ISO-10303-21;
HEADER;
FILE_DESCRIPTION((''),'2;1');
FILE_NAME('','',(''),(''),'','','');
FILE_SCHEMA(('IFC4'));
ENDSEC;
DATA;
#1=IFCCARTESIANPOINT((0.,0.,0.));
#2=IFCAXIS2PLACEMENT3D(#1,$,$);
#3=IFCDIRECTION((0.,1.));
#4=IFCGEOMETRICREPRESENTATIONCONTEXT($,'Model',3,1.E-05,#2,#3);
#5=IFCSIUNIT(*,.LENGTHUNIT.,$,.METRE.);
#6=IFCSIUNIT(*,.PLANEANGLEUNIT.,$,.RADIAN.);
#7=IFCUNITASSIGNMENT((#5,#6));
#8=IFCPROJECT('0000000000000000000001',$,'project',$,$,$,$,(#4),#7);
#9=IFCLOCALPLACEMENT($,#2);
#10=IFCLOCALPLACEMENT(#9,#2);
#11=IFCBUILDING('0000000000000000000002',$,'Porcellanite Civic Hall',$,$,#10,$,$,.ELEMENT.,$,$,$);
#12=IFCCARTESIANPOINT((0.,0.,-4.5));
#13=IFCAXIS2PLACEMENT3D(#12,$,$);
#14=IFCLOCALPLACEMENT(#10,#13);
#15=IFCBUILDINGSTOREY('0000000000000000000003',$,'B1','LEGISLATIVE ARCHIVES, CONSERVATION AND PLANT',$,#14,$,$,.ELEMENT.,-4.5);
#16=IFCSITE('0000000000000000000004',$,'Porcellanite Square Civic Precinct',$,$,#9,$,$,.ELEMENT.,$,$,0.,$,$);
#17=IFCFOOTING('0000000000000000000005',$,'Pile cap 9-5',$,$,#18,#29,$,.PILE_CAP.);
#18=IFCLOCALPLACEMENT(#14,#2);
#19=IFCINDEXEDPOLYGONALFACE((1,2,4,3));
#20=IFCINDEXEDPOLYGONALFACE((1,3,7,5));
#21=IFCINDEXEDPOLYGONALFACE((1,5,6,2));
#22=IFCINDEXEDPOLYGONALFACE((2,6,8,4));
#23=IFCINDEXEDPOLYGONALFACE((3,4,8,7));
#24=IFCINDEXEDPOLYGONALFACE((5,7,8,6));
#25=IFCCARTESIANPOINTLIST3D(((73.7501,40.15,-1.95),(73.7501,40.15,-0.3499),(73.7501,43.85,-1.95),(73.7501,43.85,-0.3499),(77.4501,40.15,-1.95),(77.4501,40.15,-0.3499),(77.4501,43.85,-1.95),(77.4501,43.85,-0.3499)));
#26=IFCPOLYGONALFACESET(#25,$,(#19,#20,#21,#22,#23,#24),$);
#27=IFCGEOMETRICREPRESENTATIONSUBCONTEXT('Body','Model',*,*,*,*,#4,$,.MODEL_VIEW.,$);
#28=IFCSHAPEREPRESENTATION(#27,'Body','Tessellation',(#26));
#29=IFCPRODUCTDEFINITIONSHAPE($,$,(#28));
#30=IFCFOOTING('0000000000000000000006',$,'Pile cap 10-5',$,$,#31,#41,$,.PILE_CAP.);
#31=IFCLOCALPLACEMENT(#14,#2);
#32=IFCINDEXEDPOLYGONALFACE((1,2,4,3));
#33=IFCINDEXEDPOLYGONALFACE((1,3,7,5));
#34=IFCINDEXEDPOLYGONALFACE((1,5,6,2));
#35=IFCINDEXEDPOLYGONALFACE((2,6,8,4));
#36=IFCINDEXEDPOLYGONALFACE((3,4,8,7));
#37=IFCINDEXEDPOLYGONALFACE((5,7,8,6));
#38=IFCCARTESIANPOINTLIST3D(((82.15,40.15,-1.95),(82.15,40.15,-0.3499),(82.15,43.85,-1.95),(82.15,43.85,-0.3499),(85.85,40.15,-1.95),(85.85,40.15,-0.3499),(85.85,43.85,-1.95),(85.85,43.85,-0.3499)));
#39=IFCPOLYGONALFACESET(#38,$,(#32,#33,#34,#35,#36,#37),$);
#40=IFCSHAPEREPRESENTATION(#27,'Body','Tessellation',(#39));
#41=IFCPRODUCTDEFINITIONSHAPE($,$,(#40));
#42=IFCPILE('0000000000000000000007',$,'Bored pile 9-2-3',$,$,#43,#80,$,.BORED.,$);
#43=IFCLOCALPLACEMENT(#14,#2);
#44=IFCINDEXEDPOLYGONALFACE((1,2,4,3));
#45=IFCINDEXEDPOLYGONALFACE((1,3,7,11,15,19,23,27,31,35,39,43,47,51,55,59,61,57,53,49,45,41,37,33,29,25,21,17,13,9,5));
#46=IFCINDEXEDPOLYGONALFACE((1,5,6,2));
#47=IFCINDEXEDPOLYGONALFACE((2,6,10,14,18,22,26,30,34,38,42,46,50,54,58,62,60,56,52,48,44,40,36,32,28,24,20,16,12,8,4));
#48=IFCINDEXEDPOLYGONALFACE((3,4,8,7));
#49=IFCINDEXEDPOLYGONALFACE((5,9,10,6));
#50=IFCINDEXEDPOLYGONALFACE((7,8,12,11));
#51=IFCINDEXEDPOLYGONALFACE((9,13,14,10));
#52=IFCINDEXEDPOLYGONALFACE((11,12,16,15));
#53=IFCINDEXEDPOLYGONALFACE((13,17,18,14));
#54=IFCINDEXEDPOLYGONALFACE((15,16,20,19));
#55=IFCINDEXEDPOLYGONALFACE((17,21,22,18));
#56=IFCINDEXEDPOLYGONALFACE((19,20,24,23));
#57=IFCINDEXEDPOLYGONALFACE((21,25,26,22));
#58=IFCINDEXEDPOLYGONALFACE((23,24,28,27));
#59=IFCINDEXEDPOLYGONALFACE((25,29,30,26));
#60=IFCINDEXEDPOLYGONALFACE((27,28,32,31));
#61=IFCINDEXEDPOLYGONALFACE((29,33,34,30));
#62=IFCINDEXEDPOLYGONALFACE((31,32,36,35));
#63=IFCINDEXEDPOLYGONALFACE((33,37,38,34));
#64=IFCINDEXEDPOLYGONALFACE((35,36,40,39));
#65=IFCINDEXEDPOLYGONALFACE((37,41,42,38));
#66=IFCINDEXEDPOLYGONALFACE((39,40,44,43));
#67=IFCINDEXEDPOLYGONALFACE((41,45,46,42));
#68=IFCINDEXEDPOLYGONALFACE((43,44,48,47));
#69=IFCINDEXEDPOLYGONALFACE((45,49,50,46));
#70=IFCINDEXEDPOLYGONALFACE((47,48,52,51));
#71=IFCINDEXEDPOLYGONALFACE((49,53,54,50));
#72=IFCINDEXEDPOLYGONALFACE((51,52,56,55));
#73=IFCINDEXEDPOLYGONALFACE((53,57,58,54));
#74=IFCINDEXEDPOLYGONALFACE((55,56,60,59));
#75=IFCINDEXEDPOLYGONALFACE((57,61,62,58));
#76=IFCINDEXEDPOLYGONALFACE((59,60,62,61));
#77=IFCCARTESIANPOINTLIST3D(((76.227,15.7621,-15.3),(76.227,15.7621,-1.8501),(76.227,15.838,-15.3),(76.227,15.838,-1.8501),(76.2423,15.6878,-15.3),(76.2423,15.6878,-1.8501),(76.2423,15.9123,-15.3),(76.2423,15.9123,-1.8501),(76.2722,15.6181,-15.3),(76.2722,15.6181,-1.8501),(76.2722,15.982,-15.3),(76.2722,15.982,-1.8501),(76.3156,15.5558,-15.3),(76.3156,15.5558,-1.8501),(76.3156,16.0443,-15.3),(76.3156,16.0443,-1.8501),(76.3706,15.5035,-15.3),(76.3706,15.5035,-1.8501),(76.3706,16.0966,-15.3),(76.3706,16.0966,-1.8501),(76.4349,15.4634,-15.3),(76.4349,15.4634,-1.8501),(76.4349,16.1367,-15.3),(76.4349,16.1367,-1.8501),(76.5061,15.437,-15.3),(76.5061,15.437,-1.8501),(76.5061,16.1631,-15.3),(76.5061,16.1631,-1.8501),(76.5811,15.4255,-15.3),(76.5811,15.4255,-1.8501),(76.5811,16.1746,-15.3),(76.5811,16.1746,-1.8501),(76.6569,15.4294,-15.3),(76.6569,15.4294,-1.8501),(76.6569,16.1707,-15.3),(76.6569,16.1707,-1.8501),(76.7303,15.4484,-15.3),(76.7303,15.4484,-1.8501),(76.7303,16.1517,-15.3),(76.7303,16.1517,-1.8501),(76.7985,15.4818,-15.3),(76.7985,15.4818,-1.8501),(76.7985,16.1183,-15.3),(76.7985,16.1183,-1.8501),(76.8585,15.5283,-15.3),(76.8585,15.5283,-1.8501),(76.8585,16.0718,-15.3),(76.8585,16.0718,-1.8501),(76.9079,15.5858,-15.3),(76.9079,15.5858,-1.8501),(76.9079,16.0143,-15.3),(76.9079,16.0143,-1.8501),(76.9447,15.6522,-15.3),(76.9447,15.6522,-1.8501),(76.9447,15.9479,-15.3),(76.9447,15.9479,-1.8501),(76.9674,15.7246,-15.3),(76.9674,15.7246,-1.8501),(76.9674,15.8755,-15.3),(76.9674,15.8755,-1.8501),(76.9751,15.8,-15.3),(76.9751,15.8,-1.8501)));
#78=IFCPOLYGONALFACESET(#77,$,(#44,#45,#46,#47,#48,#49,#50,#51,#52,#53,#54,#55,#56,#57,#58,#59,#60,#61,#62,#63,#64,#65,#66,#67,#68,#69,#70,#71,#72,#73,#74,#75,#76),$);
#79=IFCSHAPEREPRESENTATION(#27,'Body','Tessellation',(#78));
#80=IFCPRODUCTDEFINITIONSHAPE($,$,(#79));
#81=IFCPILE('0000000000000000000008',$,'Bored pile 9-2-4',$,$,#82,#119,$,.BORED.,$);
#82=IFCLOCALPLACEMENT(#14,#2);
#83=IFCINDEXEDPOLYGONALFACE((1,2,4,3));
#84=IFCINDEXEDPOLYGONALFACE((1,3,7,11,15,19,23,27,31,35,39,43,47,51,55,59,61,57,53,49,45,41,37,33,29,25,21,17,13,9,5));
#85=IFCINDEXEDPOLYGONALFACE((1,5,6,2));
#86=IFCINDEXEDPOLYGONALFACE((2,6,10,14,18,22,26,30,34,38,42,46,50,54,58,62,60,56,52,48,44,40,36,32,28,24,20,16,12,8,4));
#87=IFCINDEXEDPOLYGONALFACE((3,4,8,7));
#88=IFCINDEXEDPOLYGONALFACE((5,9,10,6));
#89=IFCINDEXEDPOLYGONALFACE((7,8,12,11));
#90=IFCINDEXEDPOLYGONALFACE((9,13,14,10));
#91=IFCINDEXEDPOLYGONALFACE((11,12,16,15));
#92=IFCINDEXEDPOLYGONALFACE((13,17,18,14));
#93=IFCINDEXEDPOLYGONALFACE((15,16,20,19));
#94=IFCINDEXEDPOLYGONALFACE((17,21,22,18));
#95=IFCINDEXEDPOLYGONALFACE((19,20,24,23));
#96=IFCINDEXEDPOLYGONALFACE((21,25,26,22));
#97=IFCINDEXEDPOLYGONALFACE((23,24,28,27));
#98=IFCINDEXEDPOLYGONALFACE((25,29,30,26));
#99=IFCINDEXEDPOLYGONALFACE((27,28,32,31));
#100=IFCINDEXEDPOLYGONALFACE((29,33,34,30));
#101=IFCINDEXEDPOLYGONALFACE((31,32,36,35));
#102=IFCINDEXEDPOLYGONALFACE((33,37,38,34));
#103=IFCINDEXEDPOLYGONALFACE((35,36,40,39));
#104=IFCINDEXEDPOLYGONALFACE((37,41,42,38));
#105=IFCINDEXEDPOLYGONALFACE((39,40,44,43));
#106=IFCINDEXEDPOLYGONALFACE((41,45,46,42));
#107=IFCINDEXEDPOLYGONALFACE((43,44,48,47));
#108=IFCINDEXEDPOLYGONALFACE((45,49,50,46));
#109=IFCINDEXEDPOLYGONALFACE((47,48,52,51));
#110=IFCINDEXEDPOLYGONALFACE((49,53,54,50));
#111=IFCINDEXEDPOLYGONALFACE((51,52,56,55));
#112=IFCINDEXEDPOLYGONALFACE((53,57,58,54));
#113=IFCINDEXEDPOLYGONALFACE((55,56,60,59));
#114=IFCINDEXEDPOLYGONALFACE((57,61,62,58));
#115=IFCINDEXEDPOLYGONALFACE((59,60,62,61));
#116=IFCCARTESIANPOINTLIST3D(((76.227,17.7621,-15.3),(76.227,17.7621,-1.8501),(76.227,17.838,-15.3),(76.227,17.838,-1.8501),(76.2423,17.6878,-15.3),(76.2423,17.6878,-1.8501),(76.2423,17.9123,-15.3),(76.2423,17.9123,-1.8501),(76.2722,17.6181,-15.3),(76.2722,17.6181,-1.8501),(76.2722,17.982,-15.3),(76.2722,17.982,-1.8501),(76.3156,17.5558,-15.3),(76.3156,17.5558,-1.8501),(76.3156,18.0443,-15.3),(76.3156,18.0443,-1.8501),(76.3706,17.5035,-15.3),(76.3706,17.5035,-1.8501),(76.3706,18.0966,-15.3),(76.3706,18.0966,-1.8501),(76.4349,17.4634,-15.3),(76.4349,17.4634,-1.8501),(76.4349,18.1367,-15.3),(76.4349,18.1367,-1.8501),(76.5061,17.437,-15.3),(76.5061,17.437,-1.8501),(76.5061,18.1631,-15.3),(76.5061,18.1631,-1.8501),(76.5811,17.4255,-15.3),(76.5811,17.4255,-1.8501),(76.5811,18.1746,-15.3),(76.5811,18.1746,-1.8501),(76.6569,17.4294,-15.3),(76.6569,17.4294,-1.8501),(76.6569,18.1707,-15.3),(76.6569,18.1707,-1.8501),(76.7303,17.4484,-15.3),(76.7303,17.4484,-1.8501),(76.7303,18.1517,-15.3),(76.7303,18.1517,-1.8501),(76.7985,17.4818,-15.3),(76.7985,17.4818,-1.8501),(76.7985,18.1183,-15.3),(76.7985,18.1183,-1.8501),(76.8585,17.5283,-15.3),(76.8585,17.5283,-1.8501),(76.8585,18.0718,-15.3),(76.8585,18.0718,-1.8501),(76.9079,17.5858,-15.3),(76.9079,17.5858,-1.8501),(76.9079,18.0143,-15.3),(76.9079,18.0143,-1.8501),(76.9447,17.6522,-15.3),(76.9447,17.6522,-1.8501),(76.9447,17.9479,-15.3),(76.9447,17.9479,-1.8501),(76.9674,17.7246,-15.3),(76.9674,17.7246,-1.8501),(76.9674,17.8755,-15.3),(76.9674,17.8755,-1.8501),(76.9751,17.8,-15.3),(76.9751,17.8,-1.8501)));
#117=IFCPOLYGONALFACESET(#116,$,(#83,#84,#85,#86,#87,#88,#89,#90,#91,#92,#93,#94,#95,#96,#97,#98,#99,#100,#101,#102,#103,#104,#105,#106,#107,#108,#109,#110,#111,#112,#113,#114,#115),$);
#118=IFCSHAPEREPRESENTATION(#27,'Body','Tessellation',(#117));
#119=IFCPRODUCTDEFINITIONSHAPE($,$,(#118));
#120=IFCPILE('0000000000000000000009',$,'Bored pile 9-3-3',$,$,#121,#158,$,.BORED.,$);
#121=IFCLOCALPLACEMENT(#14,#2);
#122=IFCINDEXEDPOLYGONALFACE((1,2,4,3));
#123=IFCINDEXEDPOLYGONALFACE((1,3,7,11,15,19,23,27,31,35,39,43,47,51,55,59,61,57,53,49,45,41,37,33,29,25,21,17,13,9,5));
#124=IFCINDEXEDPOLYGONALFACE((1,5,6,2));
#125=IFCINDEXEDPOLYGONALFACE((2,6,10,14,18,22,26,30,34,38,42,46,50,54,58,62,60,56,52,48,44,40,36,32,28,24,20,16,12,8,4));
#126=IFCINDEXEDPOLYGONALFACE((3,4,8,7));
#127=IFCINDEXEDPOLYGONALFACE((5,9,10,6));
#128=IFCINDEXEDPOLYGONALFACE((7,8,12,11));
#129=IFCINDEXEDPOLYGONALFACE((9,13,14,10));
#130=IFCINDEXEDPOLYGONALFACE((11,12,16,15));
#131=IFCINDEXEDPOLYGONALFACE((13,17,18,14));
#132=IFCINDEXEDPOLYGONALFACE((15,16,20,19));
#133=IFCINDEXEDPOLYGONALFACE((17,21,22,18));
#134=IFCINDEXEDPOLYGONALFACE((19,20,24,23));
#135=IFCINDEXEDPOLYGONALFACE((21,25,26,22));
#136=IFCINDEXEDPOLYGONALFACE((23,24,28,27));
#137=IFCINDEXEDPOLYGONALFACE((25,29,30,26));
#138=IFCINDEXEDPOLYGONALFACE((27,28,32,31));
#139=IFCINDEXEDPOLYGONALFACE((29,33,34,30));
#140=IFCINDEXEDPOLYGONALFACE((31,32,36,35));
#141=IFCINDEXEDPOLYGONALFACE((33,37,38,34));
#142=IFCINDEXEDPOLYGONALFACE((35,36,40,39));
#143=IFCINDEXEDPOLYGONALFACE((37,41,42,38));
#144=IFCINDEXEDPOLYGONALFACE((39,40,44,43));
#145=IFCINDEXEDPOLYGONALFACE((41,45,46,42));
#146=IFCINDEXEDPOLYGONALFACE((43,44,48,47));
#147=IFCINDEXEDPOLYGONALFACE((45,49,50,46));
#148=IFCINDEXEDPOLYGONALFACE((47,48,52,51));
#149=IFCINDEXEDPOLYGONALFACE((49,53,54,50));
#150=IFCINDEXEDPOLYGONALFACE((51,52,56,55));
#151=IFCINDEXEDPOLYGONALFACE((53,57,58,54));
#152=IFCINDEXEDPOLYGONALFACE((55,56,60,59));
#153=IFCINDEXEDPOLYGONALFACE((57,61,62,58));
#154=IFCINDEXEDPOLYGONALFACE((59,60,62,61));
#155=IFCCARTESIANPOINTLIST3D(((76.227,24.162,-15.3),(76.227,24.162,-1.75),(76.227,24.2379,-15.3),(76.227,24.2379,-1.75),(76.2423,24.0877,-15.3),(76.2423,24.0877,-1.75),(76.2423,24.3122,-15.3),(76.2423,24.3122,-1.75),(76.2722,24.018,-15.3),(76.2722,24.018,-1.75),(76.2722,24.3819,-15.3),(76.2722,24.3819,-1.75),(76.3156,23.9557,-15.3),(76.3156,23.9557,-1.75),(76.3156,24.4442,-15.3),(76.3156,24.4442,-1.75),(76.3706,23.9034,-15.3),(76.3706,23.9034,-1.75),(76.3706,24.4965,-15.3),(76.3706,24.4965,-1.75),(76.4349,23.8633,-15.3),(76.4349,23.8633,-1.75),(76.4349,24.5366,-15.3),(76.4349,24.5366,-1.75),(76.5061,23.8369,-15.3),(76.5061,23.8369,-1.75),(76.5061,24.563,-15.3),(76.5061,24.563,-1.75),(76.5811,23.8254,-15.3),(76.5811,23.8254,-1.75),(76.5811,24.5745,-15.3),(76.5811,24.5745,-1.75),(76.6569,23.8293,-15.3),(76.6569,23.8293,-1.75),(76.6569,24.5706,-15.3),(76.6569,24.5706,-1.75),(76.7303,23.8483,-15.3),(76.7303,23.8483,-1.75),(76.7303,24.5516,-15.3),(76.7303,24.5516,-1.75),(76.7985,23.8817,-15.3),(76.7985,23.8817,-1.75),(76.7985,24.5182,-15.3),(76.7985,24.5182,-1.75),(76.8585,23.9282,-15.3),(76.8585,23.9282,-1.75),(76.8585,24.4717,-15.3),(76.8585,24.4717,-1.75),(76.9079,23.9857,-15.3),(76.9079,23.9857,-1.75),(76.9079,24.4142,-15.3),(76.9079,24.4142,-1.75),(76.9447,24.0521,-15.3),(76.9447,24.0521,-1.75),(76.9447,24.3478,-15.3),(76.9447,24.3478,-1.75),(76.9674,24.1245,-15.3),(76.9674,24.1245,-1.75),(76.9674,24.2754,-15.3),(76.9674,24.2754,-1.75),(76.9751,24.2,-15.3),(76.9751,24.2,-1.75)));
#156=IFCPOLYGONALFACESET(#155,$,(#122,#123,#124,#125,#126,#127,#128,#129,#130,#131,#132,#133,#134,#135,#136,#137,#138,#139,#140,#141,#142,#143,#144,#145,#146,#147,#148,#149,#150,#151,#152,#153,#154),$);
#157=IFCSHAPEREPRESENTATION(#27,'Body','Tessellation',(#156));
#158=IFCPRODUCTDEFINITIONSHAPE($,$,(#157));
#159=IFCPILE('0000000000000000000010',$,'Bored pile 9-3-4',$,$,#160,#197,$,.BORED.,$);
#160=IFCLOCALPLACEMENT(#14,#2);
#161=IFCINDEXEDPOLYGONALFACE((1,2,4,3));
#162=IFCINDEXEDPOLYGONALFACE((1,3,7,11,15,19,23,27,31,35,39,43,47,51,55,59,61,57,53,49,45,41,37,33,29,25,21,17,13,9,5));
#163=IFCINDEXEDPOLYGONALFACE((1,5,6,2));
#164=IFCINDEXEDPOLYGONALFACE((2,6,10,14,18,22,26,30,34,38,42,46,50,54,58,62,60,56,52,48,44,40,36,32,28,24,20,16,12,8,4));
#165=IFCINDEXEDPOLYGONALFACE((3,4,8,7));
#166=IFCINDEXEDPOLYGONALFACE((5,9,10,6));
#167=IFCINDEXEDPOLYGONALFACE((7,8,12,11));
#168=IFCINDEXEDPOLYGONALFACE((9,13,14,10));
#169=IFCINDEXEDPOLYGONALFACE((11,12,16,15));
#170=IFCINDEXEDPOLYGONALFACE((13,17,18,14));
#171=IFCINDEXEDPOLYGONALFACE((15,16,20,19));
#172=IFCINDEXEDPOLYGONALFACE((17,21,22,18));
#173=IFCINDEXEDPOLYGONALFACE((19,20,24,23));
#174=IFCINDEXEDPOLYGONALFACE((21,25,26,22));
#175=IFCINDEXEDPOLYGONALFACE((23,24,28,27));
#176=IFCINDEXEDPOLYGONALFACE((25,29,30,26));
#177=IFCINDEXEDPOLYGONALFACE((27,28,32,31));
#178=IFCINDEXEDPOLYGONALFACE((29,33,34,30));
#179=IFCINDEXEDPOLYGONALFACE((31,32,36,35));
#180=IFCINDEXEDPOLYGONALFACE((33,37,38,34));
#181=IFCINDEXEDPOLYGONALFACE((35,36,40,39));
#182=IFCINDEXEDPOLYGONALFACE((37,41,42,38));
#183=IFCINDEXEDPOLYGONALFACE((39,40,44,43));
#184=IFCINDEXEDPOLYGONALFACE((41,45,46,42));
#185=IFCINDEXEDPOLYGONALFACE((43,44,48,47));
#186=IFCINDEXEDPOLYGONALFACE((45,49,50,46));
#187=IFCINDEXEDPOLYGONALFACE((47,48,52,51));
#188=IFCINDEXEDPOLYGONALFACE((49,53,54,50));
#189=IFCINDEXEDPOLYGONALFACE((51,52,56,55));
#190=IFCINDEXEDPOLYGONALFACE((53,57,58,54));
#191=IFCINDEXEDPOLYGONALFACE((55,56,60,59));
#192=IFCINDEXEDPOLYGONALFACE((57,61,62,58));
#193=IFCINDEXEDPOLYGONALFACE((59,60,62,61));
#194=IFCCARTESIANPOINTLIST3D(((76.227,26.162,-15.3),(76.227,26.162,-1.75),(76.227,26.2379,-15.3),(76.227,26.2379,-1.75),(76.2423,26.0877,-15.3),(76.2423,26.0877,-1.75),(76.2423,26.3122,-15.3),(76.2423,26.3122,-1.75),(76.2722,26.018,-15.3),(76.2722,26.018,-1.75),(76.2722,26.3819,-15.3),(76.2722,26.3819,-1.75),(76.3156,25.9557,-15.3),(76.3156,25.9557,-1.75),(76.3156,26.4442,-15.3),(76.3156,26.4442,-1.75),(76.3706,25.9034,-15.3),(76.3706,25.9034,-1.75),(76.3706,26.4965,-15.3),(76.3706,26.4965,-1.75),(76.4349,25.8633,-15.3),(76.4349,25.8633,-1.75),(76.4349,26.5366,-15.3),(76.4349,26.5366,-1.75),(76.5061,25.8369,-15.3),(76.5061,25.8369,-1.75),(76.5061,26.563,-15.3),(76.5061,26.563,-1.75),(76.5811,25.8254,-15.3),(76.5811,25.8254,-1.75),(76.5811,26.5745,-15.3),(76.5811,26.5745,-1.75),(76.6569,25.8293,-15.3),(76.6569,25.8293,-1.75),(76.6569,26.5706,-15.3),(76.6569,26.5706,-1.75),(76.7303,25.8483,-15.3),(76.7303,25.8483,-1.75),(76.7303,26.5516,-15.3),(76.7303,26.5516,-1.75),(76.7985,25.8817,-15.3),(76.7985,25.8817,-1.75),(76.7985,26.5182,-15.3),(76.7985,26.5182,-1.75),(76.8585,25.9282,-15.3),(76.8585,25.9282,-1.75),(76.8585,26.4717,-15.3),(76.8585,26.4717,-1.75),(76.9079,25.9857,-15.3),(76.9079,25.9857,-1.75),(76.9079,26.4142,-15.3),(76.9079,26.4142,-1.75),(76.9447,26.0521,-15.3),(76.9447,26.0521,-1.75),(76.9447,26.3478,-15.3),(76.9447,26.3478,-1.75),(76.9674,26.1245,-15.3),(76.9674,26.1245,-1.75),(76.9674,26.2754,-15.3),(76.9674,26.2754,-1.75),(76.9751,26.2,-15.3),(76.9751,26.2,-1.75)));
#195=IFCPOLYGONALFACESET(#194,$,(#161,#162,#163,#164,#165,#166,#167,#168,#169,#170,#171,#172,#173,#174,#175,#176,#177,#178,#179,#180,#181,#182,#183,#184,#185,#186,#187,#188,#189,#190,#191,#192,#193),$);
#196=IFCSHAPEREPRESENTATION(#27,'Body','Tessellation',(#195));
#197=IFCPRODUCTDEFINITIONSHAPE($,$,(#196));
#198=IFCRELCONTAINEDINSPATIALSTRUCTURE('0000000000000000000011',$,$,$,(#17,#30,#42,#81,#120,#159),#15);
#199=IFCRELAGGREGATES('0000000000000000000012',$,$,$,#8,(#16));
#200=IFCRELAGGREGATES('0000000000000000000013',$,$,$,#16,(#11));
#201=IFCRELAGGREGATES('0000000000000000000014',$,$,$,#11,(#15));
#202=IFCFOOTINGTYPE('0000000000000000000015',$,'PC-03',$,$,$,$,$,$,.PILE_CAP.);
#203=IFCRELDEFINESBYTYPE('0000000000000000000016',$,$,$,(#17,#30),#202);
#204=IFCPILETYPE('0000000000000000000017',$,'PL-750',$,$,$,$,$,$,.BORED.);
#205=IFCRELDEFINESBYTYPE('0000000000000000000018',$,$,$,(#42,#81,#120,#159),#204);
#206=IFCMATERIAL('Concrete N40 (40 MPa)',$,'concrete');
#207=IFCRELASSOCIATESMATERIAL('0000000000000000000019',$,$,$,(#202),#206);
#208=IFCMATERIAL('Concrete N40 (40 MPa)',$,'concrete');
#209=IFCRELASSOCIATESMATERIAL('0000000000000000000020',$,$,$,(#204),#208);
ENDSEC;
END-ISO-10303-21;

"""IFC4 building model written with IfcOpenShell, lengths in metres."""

from ifc_helpers import new_model, si_unit, direction, frame, origin, origin_2d, place, context, subcontext, project, spatial, rectangle, circle, extrude, material, material_profile, profile_set, type_object, element, save


model = new_model("IFC4")

# Units and contexts
model_context = context("Model", 3, precision=1e-05, world=origin(), true_north=direction((0.0, 1.0)))
body_context = subcontext(model_context, "Body", "Model", "MODEL_VIEW")
ifc_project = project(units=[si_unit("LENGTHUNIT", "METRE"), si_unit("PLANEANGLEUNIT", "RADIAN")], contexts=[model_context])

# Site, building, storey
site_placement = place(None, origin())
site = spatial("IfcSite", under=ifc_project, at=site_placement, Name="Porcellanite Square Civic Precinct", CompositionType="ELEMENT", RefElevation=0.0)
building_placement = place(site_placement, origin())
building = spatial("IfcBuilding", under=site, at=building_placement, Name="Porcellanite Civic Hall", CompositionType="ELEMENT")
storey_placement = place(building_placement, frame((0.0, 0.0, -4.5)))
storey = spatial("IfcBuildingStorey", under=building, at=storey_placement, Name="B1", Description="LEGISLATIVE ARCHIVES, CONSERVATION AND PLANT", CompositionType="ELEMENT", Elevation=-4.5)

# Footings
ifc_material_1 = material(Name="Concrete N40 (40 MPa)", Category="concrete")
footing_type_1 = type_object("IfcFootingType", Name="PC-03", PredefinedType="PILE_CAP", material=ifc_material_1)
for number, where, z_axis, x_axis, name in (
    (1, (75.6001, 42.0, -1.95), (0.0, 0.0, 1.0), (1.0, 0.0, 0.0), "Pile cap 9-5"),
    (2, (84.0, 42.0, -1.95), (0.0, 0.0, 1.0), (1.0, 0.0, 0.0), "Pile cap 10-5"),
):
    element("IfcFooting", number, at=place(storey_placement, frame(where, z_axis=z_axis, x_axis=x_axis)), inside=storey, type_object=footing_type_1, Name=name, PredefinedType="PILE_CAP", context=body_context, shape_type="SweptSolid", body=[
        extrude(rectangle(XDim=3.7, YDim=3.7, at=origin_2d()), origin(), (0.0, 0.0, 1.0), 1.6001),
    ])

# Piles
ifc_material_2 = material(Name="Concrete N40 (40 MPa)", Category="concrete")
ifc_material_profile_1 = material_profile(ifc_material_2, circle(Radius=0.375, at=origin_2d()), Name="PILE-D750")
ifc_profile_set_1 = profile_set([ifc_material_profile_1], Name="Concrete N40 (40 MPa)")
pile_type_1 = type_object("IfcPileType", Name="PL-750", PredefinedType="BORED", material=ifc_profile_set_1)
for number, where, z_axis, x_axis, name in (
    (3, (76.6001, 15.8, -1.8501), (0.0, 0.0, -1.0), (1.0, 0.0, 0.0), "Bored pile 9-2-3"),
    (4, (76.6001, 17.8, -1.8501), (0.0, 0.0, -1.0), (1.0, 0.0, 0.0), "Bored pile 9-2-4"),
):
    element("IfcPile", number, at=place(storey_placement, frame(where, z_axis=z_axis, x_axis=x_axis)), inside=storey, type_object=pile_type_1, Name=name, PredefinedType="BORED", context=body_context, shape_type="SweptSolid", body=[
        extrude(circle(Radius=0.375, at=origin_2d()), origin(), (0.0, 0.0, 1.0), 13.45),
    ])
for number, where, z_axis, x_axis, name in (
    (5, (76.6001, 24.2, -1.75), (0.0, 0.0, -1.0), (1.0, 0.0, 0.0), "Bored pile 9-3-3"),
    (6, (76.6001, 26.2, -1.75), (0.0, 0.0, -1.0), (1.0, 0.0, 0.0), "Bored pile 9-3-4"),
):
    element("IfcPile", number, at=place(storey_placement, frame(where, z_axis=z_axis, x_axis=x_axis)), inside=storey, type_object=pile_type_1, Name=name, PredefinedType="BORED", context=body_context, shape_type="SweptSolid", body=[
        extrude(circle(Radius=0.375, at=origin_2d()), origin(), (0.0, 0.0, 1.0), 13.55),
    ])

save(model, "model.ifc")
